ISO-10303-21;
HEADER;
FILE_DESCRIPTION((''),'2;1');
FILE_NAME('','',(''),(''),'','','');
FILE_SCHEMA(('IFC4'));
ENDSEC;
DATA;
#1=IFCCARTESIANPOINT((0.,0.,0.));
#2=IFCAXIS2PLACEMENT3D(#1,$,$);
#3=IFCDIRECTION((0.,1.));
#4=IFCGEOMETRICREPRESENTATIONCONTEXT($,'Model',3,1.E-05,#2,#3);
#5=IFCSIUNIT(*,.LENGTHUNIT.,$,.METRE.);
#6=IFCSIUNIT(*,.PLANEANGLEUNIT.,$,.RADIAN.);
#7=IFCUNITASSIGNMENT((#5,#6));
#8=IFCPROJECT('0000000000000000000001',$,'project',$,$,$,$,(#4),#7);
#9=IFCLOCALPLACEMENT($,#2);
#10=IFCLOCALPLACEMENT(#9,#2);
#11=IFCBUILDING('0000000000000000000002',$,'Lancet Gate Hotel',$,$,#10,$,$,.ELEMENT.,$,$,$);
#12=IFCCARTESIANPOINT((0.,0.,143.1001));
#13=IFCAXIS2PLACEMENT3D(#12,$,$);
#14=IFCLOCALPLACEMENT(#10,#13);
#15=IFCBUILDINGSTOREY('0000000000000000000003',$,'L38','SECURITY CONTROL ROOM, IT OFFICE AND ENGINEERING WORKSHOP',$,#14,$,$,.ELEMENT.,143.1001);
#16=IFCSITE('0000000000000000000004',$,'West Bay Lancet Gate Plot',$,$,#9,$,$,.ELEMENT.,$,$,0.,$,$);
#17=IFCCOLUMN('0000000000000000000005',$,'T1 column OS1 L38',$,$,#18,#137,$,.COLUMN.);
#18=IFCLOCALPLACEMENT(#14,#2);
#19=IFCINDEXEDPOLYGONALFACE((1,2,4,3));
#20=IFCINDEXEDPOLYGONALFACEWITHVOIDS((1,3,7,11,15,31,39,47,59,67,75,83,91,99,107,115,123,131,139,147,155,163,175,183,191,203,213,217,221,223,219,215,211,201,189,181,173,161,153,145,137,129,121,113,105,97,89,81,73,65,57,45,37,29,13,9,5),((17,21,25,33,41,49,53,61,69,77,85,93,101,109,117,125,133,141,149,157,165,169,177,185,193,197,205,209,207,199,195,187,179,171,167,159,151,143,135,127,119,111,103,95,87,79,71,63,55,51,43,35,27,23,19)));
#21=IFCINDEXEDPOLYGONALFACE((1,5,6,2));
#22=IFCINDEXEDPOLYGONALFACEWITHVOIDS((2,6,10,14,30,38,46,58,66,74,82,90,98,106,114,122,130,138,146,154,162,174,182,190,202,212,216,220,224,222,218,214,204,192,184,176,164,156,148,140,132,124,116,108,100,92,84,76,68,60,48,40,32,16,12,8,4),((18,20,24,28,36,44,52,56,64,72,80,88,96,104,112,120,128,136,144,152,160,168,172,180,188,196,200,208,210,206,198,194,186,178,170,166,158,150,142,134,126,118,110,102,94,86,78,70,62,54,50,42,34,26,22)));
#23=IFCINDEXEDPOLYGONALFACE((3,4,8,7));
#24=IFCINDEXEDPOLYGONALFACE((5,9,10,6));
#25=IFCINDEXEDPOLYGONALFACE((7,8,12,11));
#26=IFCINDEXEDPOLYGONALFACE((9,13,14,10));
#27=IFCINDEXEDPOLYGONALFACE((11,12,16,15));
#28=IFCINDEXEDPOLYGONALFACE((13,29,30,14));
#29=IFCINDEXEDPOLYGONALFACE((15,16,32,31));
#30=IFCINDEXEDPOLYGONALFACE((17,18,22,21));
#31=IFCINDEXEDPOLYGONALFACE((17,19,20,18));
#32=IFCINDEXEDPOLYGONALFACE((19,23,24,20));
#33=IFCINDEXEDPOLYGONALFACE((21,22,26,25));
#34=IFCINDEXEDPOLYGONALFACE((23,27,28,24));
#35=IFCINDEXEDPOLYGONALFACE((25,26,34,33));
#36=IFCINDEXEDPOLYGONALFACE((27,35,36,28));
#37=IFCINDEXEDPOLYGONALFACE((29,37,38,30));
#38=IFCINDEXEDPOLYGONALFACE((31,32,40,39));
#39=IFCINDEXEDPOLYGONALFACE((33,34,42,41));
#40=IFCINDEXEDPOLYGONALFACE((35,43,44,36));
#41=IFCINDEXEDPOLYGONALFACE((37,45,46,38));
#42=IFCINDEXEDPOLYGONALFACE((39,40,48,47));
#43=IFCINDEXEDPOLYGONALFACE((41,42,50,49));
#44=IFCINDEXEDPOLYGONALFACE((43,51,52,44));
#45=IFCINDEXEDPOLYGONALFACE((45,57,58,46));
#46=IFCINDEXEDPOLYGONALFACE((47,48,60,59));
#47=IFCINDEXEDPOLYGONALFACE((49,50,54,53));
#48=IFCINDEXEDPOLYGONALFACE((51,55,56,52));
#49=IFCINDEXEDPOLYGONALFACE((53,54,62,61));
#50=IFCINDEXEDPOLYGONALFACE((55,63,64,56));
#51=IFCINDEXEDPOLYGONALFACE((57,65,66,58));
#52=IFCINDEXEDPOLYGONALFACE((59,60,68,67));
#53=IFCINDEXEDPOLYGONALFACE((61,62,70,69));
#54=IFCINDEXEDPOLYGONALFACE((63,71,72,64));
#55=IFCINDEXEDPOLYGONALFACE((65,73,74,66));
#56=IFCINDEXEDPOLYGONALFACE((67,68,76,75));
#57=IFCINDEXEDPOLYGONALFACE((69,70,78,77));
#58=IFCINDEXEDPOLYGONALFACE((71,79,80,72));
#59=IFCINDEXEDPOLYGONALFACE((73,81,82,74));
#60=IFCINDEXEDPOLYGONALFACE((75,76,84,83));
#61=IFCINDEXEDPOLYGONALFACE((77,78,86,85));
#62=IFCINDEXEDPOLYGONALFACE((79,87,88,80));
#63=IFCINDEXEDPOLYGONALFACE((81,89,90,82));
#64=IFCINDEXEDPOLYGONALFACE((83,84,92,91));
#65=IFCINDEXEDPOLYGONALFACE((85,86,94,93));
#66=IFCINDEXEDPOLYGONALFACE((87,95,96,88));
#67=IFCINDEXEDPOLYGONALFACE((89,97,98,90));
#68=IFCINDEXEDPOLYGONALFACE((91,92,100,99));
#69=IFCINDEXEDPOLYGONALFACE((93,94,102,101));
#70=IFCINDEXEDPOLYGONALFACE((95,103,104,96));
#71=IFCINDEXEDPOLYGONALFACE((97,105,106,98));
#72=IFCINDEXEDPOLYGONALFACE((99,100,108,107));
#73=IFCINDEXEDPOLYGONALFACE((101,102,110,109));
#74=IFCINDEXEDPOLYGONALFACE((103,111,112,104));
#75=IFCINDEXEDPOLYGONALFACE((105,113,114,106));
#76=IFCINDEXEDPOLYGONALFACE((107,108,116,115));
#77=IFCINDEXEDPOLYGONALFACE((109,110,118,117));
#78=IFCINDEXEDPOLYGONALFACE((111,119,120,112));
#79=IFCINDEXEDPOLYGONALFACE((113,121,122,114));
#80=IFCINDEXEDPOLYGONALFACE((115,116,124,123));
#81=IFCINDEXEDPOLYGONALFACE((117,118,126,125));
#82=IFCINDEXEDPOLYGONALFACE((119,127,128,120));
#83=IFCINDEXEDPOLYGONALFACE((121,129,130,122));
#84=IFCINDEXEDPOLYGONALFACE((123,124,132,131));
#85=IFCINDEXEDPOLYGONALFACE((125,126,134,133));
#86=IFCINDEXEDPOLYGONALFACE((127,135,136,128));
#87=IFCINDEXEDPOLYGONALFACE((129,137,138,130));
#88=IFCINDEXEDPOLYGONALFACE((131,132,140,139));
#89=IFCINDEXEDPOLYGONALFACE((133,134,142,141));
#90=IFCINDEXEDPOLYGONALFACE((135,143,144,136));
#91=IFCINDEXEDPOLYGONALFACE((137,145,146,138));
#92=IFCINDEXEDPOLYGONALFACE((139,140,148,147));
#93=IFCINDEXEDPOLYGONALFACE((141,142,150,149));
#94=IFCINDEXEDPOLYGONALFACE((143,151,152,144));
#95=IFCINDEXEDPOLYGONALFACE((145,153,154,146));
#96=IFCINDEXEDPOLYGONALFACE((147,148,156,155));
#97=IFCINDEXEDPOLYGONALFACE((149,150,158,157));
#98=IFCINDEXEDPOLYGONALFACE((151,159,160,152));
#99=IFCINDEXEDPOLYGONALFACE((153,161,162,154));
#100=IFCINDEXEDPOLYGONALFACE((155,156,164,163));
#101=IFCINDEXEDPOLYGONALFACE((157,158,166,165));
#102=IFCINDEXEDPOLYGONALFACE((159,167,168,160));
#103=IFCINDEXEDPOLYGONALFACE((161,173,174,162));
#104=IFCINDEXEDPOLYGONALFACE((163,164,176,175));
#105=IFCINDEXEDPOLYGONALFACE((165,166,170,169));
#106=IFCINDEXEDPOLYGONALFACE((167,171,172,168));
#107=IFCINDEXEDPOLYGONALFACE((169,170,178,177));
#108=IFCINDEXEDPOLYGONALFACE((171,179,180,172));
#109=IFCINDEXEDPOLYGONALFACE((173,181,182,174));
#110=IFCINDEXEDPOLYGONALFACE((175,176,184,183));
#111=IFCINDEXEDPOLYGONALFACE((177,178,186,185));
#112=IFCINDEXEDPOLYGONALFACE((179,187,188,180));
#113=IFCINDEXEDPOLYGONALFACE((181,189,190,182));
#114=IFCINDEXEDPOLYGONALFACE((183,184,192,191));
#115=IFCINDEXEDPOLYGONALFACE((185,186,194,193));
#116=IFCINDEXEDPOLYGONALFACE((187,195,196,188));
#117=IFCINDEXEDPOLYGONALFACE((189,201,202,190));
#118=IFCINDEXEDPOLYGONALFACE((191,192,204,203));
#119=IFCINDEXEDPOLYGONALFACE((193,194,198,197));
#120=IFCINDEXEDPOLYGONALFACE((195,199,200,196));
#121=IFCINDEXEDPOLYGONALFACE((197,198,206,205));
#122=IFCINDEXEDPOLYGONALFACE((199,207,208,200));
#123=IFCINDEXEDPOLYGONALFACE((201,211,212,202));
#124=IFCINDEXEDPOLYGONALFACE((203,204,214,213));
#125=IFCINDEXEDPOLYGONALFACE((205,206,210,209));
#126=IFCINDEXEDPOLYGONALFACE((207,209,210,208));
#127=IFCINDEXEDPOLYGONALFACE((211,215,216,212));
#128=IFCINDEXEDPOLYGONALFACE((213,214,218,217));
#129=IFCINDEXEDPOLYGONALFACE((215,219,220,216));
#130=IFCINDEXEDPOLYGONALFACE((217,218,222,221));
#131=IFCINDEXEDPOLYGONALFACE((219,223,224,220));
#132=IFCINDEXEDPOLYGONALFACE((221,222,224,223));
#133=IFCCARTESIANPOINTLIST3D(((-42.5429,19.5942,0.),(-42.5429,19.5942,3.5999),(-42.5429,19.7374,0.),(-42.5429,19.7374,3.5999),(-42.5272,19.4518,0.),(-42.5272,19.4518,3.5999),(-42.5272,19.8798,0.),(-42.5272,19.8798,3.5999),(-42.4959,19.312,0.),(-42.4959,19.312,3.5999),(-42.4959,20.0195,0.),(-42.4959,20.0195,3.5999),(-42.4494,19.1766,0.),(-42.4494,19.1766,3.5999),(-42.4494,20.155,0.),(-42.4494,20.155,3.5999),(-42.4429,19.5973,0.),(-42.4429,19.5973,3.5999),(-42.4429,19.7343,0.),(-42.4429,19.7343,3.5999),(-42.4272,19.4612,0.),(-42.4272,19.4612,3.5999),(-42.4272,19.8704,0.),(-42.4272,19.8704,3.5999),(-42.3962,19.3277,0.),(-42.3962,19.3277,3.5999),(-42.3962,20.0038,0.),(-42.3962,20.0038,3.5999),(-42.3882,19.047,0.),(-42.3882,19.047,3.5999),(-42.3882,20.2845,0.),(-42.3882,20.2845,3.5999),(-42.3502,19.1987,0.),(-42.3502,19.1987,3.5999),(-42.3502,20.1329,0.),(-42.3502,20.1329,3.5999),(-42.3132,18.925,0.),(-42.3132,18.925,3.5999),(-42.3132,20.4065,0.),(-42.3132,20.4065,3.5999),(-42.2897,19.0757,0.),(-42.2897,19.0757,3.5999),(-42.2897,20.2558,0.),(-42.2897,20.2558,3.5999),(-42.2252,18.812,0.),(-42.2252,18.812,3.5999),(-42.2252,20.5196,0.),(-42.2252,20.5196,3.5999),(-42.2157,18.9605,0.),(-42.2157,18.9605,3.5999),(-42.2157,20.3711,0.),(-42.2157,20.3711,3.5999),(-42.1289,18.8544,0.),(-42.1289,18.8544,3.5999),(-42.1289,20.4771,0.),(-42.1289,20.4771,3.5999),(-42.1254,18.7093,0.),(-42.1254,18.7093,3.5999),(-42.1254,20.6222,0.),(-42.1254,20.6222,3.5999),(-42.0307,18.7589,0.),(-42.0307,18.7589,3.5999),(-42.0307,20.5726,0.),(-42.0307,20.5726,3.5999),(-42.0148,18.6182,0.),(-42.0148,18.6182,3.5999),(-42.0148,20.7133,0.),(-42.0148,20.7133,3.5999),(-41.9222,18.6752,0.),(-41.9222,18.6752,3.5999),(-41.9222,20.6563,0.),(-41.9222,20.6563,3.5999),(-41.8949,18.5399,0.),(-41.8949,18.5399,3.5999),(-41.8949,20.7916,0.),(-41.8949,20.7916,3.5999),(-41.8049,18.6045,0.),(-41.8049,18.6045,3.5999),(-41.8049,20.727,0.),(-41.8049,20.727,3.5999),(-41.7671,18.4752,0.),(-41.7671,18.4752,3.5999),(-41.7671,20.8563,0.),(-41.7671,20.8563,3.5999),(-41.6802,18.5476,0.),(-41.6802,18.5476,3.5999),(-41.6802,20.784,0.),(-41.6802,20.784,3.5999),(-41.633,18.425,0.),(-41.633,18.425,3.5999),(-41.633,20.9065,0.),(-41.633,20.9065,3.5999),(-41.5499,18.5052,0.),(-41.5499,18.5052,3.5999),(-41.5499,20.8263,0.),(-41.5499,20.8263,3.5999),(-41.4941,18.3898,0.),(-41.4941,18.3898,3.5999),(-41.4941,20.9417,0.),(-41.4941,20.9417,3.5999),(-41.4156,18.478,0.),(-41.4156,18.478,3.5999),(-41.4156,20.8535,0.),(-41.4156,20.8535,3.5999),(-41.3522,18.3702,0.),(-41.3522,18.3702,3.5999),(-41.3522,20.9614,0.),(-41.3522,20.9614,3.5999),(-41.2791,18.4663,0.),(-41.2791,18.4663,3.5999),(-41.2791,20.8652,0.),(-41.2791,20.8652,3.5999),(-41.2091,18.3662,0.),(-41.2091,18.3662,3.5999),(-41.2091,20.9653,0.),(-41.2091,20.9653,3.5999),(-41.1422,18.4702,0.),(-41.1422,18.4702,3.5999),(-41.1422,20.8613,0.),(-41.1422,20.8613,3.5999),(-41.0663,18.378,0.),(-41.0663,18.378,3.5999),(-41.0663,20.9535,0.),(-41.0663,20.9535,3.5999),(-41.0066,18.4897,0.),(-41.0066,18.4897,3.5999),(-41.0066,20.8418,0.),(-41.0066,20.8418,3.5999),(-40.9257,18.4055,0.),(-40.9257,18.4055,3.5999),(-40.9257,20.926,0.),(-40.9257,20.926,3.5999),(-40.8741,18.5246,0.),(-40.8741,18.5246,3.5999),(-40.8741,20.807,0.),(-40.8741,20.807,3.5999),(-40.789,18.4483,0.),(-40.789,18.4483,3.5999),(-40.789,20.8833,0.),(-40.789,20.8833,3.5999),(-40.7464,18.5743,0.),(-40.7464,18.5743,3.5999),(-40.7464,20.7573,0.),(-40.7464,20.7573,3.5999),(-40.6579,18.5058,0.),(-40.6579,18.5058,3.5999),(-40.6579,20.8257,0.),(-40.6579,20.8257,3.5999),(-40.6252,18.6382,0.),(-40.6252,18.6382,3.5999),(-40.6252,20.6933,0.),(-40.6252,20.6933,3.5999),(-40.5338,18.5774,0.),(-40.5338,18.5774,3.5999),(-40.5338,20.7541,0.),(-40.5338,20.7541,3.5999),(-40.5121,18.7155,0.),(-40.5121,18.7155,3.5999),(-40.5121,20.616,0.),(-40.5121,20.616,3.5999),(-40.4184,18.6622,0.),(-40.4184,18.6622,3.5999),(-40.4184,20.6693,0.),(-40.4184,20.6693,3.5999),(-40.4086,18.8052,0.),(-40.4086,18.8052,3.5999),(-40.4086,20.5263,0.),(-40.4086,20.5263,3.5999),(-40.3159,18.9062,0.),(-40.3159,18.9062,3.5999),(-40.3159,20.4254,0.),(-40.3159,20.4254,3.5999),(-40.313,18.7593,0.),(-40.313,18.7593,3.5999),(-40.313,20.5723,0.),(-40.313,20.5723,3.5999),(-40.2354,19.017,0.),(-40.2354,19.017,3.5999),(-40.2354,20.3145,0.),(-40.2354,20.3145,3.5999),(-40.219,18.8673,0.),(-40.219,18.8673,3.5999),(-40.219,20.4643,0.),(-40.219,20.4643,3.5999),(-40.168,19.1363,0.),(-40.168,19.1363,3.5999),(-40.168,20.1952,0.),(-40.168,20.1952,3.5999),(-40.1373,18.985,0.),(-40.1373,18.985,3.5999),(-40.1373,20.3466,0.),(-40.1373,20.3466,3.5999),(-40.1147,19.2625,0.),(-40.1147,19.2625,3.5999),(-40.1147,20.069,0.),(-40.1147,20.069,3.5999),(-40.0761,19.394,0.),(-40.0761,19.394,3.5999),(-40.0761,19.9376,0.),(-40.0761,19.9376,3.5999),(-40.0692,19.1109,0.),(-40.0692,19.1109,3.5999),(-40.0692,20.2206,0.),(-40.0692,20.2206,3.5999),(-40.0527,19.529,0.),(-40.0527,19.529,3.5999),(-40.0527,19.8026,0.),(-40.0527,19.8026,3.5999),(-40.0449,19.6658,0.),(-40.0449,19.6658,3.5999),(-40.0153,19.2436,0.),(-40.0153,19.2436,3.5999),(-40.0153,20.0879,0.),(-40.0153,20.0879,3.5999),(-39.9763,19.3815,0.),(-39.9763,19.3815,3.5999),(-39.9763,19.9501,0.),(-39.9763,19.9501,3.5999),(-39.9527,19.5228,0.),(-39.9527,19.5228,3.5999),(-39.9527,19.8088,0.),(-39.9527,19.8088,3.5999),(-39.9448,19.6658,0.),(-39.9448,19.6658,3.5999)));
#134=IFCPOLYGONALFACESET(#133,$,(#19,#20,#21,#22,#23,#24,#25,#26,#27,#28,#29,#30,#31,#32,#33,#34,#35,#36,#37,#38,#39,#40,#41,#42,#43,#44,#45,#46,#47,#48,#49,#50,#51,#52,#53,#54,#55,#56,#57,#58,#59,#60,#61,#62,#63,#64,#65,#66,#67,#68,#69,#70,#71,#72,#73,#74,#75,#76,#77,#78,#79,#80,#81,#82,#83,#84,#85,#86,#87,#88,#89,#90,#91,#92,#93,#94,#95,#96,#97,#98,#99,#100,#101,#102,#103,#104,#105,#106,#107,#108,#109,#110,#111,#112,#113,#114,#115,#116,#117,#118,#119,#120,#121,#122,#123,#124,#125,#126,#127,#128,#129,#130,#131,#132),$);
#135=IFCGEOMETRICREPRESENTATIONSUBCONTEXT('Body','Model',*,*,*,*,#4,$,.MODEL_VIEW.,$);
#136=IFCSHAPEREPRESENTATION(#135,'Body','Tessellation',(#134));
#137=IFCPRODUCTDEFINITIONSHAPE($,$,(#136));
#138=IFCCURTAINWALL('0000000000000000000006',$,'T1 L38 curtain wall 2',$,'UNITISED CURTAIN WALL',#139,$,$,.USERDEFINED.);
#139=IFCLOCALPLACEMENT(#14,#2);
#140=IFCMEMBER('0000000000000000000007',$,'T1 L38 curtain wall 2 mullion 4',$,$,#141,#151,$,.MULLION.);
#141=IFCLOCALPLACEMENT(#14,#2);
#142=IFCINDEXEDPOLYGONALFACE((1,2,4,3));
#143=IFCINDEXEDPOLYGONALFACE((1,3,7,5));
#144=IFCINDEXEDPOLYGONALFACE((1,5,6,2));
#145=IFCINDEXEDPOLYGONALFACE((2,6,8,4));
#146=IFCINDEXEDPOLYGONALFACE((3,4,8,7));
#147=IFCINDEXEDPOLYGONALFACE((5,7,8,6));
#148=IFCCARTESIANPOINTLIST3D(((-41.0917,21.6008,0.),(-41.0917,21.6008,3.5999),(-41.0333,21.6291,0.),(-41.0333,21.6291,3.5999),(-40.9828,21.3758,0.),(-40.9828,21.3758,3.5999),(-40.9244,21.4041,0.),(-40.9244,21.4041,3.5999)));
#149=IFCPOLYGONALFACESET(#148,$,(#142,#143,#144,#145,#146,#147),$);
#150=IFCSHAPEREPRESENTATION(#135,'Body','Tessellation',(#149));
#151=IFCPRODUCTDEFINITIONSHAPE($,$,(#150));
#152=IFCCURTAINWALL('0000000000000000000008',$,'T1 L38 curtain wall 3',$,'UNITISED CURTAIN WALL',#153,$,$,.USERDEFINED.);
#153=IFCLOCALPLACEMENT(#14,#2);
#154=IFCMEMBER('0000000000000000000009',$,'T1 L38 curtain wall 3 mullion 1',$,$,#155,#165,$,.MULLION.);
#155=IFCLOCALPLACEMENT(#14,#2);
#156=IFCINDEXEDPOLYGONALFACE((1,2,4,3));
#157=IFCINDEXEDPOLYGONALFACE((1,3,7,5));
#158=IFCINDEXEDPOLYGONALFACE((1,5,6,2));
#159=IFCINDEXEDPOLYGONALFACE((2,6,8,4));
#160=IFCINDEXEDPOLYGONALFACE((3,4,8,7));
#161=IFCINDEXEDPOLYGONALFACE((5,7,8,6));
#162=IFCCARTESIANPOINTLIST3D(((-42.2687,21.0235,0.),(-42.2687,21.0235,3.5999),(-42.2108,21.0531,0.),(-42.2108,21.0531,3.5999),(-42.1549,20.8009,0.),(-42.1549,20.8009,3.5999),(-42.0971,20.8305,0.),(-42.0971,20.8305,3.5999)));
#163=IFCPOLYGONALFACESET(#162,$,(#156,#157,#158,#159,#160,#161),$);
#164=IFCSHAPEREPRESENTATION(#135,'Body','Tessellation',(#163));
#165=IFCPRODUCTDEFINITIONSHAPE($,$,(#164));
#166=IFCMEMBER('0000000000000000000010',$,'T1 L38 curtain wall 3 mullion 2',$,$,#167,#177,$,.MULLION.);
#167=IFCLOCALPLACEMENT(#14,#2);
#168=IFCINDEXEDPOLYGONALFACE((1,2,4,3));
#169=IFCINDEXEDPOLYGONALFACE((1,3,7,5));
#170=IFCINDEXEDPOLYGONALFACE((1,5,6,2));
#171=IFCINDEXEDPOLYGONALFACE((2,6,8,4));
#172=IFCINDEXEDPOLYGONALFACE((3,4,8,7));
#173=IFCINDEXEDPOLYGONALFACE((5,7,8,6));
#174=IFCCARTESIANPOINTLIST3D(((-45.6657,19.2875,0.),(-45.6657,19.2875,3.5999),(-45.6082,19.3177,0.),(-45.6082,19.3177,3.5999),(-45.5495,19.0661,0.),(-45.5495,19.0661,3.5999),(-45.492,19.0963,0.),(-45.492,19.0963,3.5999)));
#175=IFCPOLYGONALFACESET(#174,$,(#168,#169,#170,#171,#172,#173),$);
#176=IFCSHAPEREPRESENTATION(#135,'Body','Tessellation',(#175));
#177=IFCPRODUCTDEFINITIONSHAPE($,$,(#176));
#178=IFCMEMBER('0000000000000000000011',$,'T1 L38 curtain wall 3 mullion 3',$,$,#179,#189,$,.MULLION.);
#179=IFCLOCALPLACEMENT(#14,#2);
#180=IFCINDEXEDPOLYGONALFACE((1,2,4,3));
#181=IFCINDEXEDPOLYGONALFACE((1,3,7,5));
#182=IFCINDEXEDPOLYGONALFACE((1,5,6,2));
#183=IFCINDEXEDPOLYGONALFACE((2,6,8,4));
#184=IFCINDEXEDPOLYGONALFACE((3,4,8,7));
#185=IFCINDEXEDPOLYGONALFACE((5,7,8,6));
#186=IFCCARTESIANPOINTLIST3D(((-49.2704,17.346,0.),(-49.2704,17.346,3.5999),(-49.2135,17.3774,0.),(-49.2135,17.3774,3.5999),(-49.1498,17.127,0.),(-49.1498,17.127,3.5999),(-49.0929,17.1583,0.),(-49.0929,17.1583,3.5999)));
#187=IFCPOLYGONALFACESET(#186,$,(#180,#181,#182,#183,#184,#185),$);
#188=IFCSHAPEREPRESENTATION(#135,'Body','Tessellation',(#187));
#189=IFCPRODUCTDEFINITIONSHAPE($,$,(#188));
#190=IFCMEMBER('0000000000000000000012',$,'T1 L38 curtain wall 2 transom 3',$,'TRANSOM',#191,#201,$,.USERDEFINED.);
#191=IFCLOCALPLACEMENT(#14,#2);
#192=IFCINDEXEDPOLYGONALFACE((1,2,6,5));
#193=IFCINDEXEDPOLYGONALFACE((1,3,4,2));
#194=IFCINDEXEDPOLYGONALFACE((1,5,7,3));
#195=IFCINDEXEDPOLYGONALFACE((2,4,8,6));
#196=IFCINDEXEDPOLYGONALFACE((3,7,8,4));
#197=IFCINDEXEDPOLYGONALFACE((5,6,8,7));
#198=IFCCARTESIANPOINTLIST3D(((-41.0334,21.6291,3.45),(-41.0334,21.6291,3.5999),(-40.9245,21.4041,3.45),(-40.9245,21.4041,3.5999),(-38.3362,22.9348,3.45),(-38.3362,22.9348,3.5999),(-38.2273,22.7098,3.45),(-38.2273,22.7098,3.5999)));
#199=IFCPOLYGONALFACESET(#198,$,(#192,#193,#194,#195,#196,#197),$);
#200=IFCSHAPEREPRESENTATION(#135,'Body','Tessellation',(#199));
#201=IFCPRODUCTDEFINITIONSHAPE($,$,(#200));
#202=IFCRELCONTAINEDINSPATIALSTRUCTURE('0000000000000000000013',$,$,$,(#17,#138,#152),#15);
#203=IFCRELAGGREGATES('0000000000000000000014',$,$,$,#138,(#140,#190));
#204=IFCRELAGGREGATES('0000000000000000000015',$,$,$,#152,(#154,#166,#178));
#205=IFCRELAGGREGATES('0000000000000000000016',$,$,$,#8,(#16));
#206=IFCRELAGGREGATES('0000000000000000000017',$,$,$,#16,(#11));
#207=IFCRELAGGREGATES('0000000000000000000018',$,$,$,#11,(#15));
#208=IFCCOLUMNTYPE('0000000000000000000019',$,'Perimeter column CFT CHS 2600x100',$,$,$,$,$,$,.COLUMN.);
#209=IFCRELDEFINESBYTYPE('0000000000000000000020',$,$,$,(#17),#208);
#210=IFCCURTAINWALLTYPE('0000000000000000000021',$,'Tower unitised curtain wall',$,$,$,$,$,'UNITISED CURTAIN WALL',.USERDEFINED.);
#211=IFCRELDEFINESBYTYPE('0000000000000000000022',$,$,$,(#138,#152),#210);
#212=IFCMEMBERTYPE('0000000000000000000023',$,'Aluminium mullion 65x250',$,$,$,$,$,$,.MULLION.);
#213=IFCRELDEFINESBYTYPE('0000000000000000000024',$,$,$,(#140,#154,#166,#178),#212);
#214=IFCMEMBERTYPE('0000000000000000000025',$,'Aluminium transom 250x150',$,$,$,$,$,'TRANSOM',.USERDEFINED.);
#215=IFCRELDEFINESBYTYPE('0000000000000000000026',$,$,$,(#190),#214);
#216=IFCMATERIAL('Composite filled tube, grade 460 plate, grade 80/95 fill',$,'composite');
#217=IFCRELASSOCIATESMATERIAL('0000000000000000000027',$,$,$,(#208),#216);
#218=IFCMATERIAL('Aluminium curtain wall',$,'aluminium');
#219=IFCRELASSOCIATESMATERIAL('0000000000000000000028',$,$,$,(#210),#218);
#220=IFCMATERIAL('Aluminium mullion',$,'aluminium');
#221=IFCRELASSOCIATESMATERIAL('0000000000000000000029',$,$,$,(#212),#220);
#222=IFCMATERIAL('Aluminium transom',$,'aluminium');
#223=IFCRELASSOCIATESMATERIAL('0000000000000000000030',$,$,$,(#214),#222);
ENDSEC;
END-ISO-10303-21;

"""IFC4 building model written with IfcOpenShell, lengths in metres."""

from ifc_helpers import new_model, si_unit, direction, frame, origin, origin_2d, place, context, subcontext, project, spatial, rectangle, hollow_circle, extrude, material, material_profile, profile_set, type_object, element, aggregate, save


model = new_model("IFC4")

# Units and contexts
model_context = context("Model", 3, precision=1e-05, world=origin(), true_north=direction((0.0, 1.0)))
body_context = subcontext(model_context, "Body", "Model", "MODEL_VIEW")
ifc_project = project(units=[si_unit("LENGTHUNIT", "METRE"), si_unit("PLANEANGLEUNIT", "RADIAN")], contexts=[model_context])

# Site, building, storey
site_placement = place(None, origin())
site = spatial("IfcSite", under=ifc_project, at=site_placement, Name="West Bay Lancet Gate Plot", CompositionType="ELEMENT", RefElevation=0.0)
building_placement = place(site_placement, origin())
building = spatial("IfcBuilding", under=site, at=building_placement, Name="Lancet Gate Hotel", CompositionType="ELEMENT")
storey_placement = place(building_placement, frame((0.0, 0.0, 143.1001)))
storey = spatial("IfcBuildingStorey", under=building, at=storey_placement, Name="L38", Description="SECURITY CONTROL ROOM, IT OFFICE AND ENGINEERING WORKSHOP", CompositionType="ELEMENT", Elevation=143.1001)

# Column
ifc_material_1 = material(Name="Composite filled tube, grade 460 plate, grade 80/95 fill", Category="composite")
ifc_material_profile_1 = material_profile(ifc_material_1, hollow_circle(Radius=1.3, WallThickness=0.1001, at=origin_2d()), Name="CHS 2600x100")
ifc_profile_set_1 = profile_set([ifc_material_profile_1], Name="Composite filled tube, grade 460 plate, grade 80/95 fill")
column_type = type_object("IfcColumnType", Name="Perimeter column CFT CHS 2600x100", PredefinedType="COLUMN", material=ifc_profile_set_1)
column_placement = place(storey_placement, frame((-41.2449, 19.6658, 0.0), z_axis=(0.0, 0.0, 1.0), x_axis=(1.0, 0.0, 0.0)))
element("IfcColumn", 1, at=column_placement, inside=storey, type_object=column_type, Name="T1 column OS1 L38", PredefinedType="COLUMN", context=body_context, shape_type="SweptSolid", body=[
    extrude(hollow_circle(Radius=1.3, WallThickness=0.1001, at=origin_2d()), origin(), (0.0, 0.0, 1.0), 3.5999),
])

# Curtain wall, member
ifc_material_2 = material(Name="Aluminium curtain wall", Category="aluminium")
curtain_wall_type = type_object("IfcCurtainWallType", Name="Tower unitised curtain wall", ElementType="UNITISED CURTAIN WALL", PredefinedType="USERDEFINED", material=ifc_material_2)
curtain_wall_1_placement = place(storey_placement, origin())
curtain_wall_1 = element("IfcCurtainWall", 2, at=curtain_wall_1_placement, inside=storey, type_object=curtain_wall_type, Name="T1 L38 curtain wall 2", ObjectType="UNITISED CURTAIN WALL", PredefinedType="USERDEFINED")
ifc_material_3 = material(Name="Aluminium mullion", Category="aluminium")
ifc_material_profile_2 = material_profile(ifc_material_3, rectangle(XDim=0.0649, YDim=0.25, at=origin_2d()), Name="MULLION 65x250")
ifc_profile_set_2 = profile_set([ifc_material_profile_2], Name="Aluminium mullion")
member_type_1 = type_object("IfcMemberType", Name="Aluminium mullion 65x250", PredefinedType="MULLION", material=ifc_profile_set_2)
member_1_placement = place(storey_placement, frame((-41.0081, 21.5024, 0.0), z_axis=(0.0, 0.0, 1.0), x_axis=(-0.900082, -0.435721, 0.0)))
member_1 = element("IfcMember", 3, at=member_1_placement, type_object=member_type_1, Name="T1 L38 curtain wall 2 mullion 4", PredefinedType="MULLION", context=body_context, shape_type="SweptSolid", body=[
    extrude(rectangle(XDim=0.0649, YDim=0.25, at=origin_2d()), origin(), (0.0, 0.0, 1.0), 3.5999),
])

# Curtain wall, members
curtain_wall_2_placement = place(storey_placement, origin())
curtain_wall_2 = element("IfcCurtainWall", 4, at=curtain_wall_2_placement, inside=storey, type_object=curtain_wall_type, Name="T1 L38 curtain wall 3", ObjectType="UNITISED CURTAIN WALL", PredefinedType="USERDEFINED")
member_2_placement = place(storey_placement, frame((-42.1829, 20.927, 0.0), z_axis=(0.0, 0.0, 1.0), x_axis=(-0.890493, -0.454996, 0.0)))
member_2 = element("IfcMember", 5, at=member_2_placement, type_object=member_type_1, Name="T1 L38 curtain wall 3 mullion 1", PredefinedType="MULLION", context=body_context, shape_type="SweptSolid", body=[
    extrude(rectangle(XDim=0.0649, YDim=0.25, at=origin_2d()), origin(), (0.0, 0.0, 1.0), 3.5999),
])
member_3_placement = place(storey_placement, frame((-45.5789, 19.1919, 0.0), z_axis=(0.0, 0.0, 1.0), x_axis=(-0.885368, -0.46489, 0.0)))
member_3 = element("IfcMember", 6, at=member_3_placement, type_object=member_type_1, Name="T1 L38 curtain wall 3 mullion 2", PredefinedType="MULLION", context=body_context, shape_type="SweptSolid", body=[
    extrude(rectangle(XDim=0.0649, YDim=0.25, at=origin_2d()), origin(), (0.0, 0.0, 1.0), 3.5999),
])
member_4_placement = place(storey_placement, frame((-49.1816, 17.2522, 0.0), z_axis=(0.0, 0.0, 1.0), x_axis=(-0.876047, -0.482226, 0.0)))
member_4 = element("IfcMember", 7, at=member_4_placement, type_object=member_type_1, Name="T1 L38 curtain wall 3 mullion 3", PredefinedType="MULLION", context=body_context, shape_type="SweptSolid", body=[
    extrude(rectangle(XDim=0.0649, YDim=0.25, at=origin_2d()), origin(), (0.0, 0.0, 1.0), 3.5999),
])

# Member
ifc_material_4 = material(Name="Aluminium transom", Category="aluminium")
ifc_material_profile_3 = material_profile(ifc_material_4, rectangle(XDim=0.25, YDim=0.1499, at=origin_2d()), Name="TRANSOM 250x150")
ifc_profile_set_3 = profile_set([ifc_material_profile_3], Name="Aluminium transom")
member_type_2 = type_object("IfcMemberType", Name="Aluminium transom 250x150", ElementType="TRANSOM", PredefinedType="USERDEFINED", material=ifc_profile_set_3)
member_5_placement = place(storey_placement, frame((-38.2817, 22.8223, 3.5249), z_axis=(-0.900089, -0.435706, 0.0), x_axis=(0.435706, -0.900089, 0.0)))
member_5 = element("IfcMember", 8, at=member_5_placement, type_object=member_type_2, Name="T1 L38 curtain wall 2 transom 3", ObjectType="TRANSOM", PredefinedType="USERDEFINED", context=body_context, shape_type="SweptSolid", body=[
    extrude(rectangle(XDim=0.25, YDim=0.1499, at=origin_2d()), origin(), (0.0, 0.0, 1.0), 2.9966),
])

aggregate(curtain_wall_1, [member_1, member_5])
aggregate(curtain_wall_2, [member_2, member_3, member_4])

save(model, "model.ifc")
